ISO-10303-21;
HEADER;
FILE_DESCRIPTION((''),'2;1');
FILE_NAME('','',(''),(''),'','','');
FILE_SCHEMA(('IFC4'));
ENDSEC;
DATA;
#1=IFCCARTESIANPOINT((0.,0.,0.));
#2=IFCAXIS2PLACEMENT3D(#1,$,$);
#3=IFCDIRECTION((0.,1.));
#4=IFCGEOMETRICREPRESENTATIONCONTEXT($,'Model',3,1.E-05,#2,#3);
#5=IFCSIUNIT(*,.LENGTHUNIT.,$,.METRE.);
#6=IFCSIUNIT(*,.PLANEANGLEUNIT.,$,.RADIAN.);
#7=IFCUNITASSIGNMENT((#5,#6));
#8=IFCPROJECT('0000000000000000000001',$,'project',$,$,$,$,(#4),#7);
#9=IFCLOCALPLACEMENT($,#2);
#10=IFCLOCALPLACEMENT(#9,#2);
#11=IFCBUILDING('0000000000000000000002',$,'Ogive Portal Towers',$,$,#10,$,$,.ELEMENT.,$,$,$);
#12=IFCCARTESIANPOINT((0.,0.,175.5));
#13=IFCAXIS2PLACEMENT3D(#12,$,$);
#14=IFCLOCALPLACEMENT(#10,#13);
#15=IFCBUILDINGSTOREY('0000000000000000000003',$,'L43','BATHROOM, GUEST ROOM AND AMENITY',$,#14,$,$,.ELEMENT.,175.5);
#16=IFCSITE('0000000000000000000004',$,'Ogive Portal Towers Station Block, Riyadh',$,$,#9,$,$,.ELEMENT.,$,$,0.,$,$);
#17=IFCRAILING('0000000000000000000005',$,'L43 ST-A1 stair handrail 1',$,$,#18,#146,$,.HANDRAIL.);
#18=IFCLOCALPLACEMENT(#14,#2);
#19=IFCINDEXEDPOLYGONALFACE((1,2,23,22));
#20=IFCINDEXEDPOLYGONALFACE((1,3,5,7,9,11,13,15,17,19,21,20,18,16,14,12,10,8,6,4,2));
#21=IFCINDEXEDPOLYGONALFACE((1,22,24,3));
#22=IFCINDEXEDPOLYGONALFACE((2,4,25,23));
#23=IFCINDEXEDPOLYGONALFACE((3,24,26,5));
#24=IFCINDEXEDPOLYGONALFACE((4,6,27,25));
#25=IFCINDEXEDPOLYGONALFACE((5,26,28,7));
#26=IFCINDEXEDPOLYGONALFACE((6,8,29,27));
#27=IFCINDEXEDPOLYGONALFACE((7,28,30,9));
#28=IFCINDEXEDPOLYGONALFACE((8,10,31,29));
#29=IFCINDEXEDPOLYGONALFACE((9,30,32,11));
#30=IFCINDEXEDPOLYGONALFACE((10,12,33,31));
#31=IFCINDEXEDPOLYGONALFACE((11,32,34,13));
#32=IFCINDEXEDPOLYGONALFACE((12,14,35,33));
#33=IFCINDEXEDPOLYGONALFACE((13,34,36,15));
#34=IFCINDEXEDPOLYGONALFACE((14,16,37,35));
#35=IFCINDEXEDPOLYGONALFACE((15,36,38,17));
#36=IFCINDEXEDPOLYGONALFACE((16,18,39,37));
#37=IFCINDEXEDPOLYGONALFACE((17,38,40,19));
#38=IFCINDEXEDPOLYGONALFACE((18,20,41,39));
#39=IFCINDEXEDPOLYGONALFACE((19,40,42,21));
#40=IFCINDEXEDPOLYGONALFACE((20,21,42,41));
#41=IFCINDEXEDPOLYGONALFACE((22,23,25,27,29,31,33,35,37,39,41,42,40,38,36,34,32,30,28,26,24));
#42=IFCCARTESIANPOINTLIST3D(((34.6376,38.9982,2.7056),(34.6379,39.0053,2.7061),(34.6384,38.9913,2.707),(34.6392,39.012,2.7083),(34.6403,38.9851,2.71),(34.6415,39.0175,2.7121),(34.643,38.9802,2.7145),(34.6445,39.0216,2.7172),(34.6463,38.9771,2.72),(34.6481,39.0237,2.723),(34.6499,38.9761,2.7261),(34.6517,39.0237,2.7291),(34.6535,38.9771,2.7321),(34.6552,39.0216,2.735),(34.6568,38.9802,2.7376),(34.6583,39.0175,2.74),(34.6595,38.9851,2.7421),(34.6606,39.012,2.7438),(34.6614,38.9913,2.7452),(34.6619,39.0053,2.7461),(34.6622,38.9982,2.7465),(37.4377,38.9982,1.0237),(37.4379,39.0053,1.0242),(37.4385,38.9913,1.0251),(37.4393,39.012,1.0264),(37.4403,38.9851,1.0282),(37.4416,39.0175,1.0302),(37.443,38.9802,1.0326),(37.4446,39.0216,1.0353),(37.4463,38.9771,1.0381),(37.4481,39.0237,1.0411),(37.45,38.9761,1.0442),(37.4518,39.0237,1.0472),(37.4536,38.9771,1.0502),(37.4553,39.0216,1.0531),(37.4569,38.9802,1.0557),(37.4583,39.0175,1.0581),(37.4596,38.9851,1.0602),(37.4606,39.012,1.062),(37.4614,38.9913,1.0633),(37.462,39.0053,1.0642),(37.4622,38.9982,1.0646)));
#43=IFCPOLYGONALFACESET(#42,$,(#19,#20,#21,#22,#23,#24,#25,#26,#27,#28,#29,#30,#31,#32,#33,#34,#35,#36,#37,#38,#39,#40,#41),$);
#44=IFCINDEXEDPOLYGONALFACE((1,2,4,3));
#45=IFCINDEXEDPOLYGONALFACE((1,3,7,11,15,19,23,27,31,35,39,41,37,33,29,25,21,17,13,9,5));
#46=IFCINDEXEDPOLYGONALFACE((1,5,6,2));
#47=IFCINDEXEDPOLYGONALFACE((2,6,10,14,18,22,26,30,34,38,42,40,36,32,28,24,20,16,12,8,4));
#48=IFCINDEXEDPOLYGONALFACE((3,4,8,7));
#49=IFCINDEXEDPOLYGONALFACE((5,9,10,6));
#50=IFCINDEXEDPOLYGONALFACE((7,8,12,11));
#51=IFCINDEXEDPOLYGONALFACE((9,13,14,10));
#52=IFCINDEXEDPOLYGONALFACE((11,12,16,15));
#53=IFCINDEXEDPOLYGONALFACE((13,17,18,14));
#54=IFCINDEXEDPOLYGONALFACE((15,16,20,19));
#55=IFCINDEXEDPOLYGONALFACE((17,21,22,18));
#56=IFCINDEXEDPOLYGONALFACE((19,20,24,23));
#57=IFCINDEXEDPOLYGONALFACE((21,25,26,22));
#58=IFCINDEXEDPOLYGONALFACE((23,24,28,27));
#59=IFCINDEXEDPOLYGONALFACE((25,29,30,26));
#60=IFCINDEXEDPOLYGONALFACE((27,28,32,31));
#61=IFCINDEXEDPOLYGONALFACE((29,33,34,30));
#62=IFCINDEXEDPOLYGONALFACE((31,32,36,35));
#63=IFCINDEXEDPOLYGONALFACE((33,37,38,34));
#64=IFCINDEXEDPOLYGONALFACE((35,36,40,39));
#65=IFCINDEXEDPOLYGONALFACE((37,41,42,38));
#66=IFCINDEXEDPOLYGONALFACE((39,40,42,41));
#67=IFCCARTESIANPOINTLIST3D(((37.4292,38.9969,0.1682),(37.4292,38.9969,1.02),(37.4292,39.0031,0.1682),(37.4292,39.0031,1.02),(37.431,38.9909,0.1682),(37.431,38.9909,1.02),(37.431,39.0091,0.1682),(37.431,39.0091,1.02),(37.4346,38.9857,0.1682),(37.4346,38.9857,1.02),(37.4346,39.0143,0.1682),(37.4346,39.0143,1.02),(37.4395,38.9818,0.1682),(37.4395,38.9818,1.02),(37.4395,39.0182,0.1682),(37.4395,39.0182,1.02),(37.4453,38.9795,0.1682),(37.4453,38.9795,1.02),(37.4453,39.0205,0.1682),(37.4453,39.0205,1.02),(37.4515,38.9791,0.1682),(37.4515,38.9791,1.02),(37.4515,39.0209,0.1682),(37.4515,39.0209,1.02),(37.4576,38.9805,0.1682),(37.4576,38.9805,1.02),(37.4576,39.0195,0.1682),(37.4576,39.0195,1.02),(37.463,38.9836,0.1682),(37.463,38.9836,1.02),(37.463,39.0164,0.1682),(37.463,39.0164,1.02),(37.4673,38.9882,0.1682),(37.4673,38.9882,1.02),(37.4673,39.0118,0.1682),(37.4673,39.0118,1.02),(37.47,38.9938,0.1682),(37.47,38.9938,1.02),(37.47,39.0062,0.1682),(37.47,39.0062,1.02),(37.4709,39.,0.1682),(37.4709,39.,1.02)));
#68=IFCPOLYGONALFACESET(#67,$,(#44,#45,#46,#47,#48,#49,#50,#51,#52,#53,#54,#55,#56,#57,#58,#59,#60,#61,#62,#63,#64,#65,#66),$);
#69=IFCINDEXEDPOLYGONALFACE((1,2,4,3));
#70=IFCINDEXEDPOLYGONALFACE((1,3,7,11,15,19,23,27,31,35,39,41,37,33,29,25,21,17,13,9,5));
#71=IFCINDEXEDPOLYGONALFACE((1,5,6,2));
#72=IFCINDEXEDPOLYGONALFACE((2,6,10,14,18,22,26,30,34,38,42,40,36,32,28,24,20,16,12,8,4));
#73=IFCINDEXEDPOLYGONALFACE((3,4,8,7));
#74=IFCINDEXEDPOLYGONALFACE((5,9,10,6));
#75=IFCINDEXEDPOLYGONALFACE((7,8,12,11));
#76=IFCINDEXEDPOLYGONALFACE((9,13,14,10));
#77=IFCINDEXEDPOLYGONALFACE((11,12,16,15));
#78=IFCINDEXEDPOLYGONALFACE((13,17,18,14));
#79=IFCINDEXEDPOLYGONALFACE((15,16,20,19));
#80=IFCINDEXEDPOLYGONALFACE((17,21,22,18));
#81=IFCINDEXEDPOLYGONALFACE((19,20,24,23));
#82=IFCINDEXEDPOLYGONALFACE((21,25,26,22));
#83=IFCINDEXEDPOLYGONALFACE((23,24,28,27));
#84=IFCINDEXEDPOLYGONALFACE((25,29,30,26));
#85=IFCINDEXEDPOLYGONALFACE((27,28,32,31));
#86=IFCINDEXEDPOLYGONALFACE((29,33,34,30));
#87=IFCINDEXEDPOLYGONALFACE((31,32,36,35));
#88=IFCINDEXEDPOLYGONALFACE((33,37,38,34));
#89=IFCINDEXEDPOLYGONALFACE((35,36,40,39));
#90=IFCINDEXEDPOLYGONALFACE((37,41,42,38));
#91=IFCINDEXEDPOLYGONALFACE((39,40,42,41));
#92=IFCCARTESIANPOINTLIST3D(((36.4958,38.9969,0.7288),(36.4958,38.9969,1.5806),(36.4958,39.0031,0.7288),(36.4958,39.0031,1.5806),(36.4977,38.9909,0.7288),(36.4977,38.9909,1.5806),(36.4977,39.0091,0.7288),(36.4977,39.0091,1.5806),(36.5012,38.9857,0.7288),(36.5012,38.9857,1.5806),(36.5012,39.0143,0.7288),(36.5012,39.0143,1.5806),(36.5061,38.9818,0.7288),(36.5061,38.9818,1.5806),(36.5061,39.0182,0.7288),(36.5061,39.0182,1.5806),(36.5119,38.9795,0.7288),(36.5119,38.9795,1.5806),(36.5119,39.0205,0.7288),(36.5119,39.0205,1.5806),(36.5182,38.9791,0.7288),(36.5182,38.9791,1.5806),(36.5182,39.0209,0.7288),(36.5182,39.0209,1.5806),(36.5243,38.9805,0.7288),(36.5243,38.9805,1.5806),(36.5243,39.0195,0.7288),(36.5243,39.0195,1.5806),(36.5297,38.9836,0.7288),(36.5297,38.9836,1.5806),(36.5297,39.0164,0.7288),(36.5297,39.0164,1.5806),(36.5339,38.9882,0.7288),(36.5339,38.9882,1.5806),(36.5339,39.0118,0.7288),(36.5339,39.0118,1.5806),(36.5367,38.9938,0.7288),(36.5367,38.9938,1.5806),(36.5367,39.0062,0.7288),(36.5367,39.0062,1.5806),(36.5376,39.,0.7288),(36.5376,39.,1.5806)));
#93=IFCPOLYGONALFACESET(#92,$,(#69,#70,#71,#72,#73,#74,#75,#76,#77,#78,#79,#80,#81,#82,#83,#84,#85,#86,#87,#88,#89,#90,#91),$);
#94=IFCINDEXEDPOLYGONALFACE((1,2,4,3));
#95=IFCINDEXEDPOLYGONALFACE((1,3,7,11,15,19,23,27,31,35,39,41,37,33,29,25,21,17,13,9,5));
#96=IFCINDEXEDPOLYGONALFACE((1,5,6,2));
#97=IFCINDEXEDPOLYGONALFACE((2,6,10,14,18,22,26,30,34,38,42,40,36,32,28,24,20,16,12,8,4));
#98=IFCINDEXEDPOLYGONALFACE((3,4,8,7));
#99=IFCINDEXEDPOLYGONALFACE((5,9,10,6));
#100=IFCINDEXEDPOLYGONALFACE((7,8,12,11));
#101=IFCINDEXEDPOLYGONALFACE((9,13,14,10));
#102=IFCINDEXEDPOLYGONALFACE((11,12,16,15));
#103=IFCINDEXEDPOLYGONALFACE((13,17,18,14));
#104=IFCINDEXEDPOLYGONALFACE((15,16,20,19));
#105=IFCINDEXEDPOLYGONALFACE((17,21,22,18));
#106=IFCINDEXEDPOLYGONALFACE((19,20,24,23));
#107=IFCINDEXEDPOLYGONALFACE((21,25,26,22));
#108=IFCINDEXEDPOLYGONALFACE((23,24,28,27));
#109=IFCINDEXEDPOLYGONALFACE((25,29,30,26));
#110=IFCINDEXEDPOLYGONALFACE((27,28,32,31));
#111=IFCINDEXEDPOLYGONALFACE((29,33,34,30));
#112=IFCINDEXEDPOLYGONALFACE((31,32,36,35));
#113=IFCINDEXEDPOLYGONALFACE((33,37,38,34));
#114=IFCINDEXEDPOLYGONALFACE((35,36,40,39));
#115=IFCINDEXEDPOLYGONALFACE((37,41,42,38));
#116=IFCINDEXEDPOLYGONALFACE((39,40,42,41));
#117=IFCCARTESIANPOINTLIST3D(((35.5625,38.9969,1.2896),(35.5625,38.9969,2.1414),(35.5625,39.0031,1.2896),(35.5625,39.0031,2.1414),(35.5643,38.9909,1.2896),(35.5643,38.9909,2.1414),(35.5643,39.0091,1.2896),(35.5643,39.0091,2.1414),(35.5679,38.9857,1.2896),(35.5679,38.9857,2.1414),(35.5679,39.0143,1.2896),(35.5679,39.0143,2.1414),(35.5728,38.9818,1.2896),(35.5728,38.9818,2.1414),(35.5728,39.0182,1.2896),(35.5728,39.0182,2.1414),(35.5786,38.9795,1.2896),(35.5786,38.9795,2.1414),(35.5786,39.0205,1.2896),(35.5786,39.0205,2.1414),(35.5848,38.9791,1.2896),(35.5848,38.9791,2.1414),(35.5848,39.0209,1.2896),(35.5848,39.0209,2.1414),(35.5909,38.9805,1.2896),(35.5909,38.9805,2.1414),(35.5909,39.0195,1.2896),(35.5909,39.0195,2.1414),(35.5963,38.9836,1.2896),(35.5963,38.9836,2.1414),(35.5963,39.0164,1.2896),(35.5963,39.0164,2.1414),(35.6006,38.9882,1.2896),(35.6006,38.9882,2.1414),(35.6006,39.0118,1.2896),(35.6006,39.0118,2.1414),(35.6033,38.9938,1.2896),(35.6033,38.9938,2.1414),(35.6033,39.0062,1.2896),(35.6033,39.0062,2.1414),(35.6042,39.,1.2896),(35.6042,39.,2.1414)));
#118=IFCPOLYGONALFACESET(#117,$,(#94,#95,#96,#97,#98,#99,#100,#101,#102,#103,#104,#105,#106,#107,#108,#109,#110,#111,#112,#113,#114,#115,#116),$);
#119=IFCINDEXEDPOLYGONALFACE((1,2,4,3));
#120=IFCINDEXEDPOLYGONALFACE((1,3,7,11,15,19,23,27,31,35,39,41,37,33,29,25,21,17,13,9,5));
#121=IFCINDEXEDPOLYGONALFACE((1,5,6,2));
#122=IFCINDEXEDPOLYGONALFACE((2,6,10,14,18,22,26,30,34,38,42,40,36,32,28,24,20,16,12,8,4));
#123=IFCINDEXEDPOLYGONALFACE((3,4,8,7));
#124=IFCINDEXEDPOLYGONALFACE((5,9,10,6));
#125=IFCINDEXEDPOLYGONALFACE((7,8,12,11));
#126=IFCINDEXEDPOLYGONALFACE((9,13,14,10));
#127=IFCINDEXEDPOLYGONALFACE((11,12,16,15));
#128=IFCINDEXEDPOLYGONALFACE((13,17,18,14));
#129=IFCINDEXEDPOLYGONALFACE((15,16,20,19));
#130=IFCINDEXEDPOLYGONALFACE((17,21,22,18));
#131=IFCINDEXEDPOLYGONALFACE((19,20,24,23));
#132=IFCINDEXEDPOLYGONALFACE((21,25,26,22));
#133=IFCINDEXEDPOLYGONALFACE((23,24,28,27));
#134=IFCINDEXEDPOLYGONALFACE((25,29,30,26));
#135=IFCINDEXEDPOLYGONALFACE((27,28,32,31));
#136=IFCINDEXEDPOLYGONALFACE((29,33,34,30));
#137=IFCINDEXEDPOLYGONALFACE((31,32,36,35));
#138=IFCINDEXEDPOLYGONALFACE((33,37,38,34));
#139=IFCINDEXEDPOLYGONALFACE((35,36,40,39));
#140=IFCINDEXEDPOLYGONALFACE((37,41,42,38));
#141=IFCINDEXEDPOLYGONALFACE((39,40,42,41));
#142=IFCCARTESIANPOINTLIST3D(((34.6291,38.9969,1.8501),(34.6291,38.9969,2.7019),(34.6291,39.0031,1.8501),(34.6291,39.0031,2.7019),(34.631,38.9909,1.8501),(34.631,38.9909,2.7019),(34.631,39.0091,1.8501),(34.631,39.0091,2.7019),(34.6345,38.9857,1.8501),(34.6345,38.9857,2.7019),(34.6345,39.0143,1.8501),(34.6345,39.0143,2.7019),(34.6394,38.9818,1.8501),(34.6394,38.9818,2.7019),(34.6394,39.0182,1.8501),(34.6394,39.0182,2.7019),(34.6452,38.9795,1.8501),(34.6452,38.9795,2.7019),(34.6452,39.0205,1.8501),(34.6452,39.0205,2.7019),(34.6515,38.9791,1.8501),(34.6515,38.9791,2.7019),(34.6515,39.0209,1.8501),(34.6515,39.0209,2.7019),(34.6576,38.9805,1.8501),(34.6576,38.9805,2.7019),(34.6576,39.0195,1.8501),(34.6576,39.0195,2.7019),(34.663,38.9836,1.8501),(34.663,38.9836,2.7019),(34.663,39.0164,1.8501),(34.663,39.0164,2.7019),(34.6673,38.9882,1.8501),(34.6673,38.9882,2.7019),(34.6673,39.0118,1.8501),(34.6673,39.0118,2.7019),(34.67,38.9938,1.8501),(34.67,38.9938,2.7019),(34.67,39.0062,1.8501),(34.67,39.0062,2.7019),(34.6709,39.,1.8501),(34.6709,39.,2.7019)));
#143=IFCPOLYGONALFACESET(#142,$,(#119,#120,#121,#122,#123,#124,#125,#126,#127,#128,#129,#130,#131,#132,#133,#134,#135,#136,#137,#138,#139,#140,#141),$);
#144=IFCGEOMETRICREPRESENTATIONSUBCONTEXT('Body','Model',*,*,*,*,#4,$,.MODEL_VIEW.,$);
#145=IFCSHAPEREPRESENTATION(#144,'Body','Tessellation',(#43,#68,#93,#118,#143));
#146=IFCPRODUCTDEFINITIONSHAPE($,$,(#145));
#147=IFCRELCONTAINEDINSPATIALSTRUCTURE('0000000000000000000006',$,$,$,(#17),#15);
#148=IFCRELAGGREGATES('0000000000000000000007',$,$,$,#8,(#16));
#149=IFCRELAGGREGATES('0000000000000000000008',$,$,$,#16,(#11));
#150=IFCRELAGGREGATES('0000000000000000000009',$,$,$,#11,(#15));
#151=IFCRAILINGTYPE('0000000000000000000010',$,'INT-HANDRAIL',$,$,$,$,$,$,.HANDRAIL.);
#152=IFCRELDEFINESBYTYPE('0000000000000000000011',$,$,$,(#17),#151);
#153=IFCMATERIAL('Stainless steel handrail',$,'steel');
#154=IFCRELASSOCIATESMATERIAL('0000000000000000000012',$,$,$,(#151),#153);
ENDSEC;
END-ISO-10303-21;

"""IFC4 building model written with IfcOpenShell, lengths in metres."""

from ifc_helpers import new_model, si_unit, direction, frame, origin, origin_2d, place, context, subcontext, project, spatial, circle, extrude, material, type_object, element, save


model = new_model("IFC4")

# Units and contexts
model_context = context("Model", 3, precision=1e-05, world=origin(), true_north=direction((0.0, 1.0)))
body_context = subcontext(model_context, "Body", "Model", "MODEL_VIEW")
ifc_project = project(units=[si_unit("LENGTHUNIT", "METRE"), si_unit("PLANEANGLEUNIT", "RADIAN")], contexts=[model_context])

# Site, building, storey
site_placement = place(None, origin())
site = spatial("IfcSite", under=ifc_project, at=site_placement, Name="Ogive Portal Towers Station Block, Riyadh", CompositionType="ELEMENT", RefElevation=0.0)
building_placement = place(site_placement, origin())
building = spatial("IfcBuilding", under=site, at=building_placement, Name="Ogive Portal Towers", CompositionType="ELEMENT")
storey_placement = place(building_placement, frame((0.0, 0.0, 175.5)))
storey = spatial("IfcBuildingStorey", under=building, at=storey_placement, Name="L43", Description="BATHROOM, GUEST ROOM AND AMENITY", CompositionType="ELEMENT", Elevation=175.5)

# Railing
ifc_material_1 = material(Name="Stainless steel handrail", Category="steel")
railing_type_1 = type_object("IfcRailingType", Name="INT-HANDRAIL", PredefinedType="HANDRAIL", material=ifc_material_1)
railing_1_placement = place(storey_placement, frame((37.45, 39.0, 0.1682)))
element("IfcRailing", 1, at=railing_1_placement, inside=storey, type_object=railing_type_1, Name="L43 ST-A1 stair handrail 1", PredefinedType="HANDRAIL", context=body_context, shape_type="SweptSolid", body=[
    extrude(circle(Radius=0.0239, at=origin_2d()), frame((0.0, 0.0, 0.876), z_axis=(-0.857242, 0.0, 0.514913), x_axis=(0.0, -1.0, 0.0)), (0.0, 0.0, 1.0), 3.2664),
    extrude(circle(Radius=0.021, at=origin_2d()), origin(), (0.0, 0.0, 1.0), 0.8518),
    extrude(circle(Radius=0.021, at=origin_2d()), frame((-0.9333, 0.0, 0.5605)), (0.0, 0.0, 1.0), 0.8518),
    extrude(circle(Radius=0.021, at=origin_2d()), frame((-1.8667, 0.0, 1.1213)), (0.0, 0.0, 1.0), 0.8518),
    extrude(circle(Radius=0.021, at=origin_2d()), frame((-2.8, 0.0, 1.6819)), (0.0, 0.0, 1.0), 0.8518),
])

save(model, "model.ifc")
